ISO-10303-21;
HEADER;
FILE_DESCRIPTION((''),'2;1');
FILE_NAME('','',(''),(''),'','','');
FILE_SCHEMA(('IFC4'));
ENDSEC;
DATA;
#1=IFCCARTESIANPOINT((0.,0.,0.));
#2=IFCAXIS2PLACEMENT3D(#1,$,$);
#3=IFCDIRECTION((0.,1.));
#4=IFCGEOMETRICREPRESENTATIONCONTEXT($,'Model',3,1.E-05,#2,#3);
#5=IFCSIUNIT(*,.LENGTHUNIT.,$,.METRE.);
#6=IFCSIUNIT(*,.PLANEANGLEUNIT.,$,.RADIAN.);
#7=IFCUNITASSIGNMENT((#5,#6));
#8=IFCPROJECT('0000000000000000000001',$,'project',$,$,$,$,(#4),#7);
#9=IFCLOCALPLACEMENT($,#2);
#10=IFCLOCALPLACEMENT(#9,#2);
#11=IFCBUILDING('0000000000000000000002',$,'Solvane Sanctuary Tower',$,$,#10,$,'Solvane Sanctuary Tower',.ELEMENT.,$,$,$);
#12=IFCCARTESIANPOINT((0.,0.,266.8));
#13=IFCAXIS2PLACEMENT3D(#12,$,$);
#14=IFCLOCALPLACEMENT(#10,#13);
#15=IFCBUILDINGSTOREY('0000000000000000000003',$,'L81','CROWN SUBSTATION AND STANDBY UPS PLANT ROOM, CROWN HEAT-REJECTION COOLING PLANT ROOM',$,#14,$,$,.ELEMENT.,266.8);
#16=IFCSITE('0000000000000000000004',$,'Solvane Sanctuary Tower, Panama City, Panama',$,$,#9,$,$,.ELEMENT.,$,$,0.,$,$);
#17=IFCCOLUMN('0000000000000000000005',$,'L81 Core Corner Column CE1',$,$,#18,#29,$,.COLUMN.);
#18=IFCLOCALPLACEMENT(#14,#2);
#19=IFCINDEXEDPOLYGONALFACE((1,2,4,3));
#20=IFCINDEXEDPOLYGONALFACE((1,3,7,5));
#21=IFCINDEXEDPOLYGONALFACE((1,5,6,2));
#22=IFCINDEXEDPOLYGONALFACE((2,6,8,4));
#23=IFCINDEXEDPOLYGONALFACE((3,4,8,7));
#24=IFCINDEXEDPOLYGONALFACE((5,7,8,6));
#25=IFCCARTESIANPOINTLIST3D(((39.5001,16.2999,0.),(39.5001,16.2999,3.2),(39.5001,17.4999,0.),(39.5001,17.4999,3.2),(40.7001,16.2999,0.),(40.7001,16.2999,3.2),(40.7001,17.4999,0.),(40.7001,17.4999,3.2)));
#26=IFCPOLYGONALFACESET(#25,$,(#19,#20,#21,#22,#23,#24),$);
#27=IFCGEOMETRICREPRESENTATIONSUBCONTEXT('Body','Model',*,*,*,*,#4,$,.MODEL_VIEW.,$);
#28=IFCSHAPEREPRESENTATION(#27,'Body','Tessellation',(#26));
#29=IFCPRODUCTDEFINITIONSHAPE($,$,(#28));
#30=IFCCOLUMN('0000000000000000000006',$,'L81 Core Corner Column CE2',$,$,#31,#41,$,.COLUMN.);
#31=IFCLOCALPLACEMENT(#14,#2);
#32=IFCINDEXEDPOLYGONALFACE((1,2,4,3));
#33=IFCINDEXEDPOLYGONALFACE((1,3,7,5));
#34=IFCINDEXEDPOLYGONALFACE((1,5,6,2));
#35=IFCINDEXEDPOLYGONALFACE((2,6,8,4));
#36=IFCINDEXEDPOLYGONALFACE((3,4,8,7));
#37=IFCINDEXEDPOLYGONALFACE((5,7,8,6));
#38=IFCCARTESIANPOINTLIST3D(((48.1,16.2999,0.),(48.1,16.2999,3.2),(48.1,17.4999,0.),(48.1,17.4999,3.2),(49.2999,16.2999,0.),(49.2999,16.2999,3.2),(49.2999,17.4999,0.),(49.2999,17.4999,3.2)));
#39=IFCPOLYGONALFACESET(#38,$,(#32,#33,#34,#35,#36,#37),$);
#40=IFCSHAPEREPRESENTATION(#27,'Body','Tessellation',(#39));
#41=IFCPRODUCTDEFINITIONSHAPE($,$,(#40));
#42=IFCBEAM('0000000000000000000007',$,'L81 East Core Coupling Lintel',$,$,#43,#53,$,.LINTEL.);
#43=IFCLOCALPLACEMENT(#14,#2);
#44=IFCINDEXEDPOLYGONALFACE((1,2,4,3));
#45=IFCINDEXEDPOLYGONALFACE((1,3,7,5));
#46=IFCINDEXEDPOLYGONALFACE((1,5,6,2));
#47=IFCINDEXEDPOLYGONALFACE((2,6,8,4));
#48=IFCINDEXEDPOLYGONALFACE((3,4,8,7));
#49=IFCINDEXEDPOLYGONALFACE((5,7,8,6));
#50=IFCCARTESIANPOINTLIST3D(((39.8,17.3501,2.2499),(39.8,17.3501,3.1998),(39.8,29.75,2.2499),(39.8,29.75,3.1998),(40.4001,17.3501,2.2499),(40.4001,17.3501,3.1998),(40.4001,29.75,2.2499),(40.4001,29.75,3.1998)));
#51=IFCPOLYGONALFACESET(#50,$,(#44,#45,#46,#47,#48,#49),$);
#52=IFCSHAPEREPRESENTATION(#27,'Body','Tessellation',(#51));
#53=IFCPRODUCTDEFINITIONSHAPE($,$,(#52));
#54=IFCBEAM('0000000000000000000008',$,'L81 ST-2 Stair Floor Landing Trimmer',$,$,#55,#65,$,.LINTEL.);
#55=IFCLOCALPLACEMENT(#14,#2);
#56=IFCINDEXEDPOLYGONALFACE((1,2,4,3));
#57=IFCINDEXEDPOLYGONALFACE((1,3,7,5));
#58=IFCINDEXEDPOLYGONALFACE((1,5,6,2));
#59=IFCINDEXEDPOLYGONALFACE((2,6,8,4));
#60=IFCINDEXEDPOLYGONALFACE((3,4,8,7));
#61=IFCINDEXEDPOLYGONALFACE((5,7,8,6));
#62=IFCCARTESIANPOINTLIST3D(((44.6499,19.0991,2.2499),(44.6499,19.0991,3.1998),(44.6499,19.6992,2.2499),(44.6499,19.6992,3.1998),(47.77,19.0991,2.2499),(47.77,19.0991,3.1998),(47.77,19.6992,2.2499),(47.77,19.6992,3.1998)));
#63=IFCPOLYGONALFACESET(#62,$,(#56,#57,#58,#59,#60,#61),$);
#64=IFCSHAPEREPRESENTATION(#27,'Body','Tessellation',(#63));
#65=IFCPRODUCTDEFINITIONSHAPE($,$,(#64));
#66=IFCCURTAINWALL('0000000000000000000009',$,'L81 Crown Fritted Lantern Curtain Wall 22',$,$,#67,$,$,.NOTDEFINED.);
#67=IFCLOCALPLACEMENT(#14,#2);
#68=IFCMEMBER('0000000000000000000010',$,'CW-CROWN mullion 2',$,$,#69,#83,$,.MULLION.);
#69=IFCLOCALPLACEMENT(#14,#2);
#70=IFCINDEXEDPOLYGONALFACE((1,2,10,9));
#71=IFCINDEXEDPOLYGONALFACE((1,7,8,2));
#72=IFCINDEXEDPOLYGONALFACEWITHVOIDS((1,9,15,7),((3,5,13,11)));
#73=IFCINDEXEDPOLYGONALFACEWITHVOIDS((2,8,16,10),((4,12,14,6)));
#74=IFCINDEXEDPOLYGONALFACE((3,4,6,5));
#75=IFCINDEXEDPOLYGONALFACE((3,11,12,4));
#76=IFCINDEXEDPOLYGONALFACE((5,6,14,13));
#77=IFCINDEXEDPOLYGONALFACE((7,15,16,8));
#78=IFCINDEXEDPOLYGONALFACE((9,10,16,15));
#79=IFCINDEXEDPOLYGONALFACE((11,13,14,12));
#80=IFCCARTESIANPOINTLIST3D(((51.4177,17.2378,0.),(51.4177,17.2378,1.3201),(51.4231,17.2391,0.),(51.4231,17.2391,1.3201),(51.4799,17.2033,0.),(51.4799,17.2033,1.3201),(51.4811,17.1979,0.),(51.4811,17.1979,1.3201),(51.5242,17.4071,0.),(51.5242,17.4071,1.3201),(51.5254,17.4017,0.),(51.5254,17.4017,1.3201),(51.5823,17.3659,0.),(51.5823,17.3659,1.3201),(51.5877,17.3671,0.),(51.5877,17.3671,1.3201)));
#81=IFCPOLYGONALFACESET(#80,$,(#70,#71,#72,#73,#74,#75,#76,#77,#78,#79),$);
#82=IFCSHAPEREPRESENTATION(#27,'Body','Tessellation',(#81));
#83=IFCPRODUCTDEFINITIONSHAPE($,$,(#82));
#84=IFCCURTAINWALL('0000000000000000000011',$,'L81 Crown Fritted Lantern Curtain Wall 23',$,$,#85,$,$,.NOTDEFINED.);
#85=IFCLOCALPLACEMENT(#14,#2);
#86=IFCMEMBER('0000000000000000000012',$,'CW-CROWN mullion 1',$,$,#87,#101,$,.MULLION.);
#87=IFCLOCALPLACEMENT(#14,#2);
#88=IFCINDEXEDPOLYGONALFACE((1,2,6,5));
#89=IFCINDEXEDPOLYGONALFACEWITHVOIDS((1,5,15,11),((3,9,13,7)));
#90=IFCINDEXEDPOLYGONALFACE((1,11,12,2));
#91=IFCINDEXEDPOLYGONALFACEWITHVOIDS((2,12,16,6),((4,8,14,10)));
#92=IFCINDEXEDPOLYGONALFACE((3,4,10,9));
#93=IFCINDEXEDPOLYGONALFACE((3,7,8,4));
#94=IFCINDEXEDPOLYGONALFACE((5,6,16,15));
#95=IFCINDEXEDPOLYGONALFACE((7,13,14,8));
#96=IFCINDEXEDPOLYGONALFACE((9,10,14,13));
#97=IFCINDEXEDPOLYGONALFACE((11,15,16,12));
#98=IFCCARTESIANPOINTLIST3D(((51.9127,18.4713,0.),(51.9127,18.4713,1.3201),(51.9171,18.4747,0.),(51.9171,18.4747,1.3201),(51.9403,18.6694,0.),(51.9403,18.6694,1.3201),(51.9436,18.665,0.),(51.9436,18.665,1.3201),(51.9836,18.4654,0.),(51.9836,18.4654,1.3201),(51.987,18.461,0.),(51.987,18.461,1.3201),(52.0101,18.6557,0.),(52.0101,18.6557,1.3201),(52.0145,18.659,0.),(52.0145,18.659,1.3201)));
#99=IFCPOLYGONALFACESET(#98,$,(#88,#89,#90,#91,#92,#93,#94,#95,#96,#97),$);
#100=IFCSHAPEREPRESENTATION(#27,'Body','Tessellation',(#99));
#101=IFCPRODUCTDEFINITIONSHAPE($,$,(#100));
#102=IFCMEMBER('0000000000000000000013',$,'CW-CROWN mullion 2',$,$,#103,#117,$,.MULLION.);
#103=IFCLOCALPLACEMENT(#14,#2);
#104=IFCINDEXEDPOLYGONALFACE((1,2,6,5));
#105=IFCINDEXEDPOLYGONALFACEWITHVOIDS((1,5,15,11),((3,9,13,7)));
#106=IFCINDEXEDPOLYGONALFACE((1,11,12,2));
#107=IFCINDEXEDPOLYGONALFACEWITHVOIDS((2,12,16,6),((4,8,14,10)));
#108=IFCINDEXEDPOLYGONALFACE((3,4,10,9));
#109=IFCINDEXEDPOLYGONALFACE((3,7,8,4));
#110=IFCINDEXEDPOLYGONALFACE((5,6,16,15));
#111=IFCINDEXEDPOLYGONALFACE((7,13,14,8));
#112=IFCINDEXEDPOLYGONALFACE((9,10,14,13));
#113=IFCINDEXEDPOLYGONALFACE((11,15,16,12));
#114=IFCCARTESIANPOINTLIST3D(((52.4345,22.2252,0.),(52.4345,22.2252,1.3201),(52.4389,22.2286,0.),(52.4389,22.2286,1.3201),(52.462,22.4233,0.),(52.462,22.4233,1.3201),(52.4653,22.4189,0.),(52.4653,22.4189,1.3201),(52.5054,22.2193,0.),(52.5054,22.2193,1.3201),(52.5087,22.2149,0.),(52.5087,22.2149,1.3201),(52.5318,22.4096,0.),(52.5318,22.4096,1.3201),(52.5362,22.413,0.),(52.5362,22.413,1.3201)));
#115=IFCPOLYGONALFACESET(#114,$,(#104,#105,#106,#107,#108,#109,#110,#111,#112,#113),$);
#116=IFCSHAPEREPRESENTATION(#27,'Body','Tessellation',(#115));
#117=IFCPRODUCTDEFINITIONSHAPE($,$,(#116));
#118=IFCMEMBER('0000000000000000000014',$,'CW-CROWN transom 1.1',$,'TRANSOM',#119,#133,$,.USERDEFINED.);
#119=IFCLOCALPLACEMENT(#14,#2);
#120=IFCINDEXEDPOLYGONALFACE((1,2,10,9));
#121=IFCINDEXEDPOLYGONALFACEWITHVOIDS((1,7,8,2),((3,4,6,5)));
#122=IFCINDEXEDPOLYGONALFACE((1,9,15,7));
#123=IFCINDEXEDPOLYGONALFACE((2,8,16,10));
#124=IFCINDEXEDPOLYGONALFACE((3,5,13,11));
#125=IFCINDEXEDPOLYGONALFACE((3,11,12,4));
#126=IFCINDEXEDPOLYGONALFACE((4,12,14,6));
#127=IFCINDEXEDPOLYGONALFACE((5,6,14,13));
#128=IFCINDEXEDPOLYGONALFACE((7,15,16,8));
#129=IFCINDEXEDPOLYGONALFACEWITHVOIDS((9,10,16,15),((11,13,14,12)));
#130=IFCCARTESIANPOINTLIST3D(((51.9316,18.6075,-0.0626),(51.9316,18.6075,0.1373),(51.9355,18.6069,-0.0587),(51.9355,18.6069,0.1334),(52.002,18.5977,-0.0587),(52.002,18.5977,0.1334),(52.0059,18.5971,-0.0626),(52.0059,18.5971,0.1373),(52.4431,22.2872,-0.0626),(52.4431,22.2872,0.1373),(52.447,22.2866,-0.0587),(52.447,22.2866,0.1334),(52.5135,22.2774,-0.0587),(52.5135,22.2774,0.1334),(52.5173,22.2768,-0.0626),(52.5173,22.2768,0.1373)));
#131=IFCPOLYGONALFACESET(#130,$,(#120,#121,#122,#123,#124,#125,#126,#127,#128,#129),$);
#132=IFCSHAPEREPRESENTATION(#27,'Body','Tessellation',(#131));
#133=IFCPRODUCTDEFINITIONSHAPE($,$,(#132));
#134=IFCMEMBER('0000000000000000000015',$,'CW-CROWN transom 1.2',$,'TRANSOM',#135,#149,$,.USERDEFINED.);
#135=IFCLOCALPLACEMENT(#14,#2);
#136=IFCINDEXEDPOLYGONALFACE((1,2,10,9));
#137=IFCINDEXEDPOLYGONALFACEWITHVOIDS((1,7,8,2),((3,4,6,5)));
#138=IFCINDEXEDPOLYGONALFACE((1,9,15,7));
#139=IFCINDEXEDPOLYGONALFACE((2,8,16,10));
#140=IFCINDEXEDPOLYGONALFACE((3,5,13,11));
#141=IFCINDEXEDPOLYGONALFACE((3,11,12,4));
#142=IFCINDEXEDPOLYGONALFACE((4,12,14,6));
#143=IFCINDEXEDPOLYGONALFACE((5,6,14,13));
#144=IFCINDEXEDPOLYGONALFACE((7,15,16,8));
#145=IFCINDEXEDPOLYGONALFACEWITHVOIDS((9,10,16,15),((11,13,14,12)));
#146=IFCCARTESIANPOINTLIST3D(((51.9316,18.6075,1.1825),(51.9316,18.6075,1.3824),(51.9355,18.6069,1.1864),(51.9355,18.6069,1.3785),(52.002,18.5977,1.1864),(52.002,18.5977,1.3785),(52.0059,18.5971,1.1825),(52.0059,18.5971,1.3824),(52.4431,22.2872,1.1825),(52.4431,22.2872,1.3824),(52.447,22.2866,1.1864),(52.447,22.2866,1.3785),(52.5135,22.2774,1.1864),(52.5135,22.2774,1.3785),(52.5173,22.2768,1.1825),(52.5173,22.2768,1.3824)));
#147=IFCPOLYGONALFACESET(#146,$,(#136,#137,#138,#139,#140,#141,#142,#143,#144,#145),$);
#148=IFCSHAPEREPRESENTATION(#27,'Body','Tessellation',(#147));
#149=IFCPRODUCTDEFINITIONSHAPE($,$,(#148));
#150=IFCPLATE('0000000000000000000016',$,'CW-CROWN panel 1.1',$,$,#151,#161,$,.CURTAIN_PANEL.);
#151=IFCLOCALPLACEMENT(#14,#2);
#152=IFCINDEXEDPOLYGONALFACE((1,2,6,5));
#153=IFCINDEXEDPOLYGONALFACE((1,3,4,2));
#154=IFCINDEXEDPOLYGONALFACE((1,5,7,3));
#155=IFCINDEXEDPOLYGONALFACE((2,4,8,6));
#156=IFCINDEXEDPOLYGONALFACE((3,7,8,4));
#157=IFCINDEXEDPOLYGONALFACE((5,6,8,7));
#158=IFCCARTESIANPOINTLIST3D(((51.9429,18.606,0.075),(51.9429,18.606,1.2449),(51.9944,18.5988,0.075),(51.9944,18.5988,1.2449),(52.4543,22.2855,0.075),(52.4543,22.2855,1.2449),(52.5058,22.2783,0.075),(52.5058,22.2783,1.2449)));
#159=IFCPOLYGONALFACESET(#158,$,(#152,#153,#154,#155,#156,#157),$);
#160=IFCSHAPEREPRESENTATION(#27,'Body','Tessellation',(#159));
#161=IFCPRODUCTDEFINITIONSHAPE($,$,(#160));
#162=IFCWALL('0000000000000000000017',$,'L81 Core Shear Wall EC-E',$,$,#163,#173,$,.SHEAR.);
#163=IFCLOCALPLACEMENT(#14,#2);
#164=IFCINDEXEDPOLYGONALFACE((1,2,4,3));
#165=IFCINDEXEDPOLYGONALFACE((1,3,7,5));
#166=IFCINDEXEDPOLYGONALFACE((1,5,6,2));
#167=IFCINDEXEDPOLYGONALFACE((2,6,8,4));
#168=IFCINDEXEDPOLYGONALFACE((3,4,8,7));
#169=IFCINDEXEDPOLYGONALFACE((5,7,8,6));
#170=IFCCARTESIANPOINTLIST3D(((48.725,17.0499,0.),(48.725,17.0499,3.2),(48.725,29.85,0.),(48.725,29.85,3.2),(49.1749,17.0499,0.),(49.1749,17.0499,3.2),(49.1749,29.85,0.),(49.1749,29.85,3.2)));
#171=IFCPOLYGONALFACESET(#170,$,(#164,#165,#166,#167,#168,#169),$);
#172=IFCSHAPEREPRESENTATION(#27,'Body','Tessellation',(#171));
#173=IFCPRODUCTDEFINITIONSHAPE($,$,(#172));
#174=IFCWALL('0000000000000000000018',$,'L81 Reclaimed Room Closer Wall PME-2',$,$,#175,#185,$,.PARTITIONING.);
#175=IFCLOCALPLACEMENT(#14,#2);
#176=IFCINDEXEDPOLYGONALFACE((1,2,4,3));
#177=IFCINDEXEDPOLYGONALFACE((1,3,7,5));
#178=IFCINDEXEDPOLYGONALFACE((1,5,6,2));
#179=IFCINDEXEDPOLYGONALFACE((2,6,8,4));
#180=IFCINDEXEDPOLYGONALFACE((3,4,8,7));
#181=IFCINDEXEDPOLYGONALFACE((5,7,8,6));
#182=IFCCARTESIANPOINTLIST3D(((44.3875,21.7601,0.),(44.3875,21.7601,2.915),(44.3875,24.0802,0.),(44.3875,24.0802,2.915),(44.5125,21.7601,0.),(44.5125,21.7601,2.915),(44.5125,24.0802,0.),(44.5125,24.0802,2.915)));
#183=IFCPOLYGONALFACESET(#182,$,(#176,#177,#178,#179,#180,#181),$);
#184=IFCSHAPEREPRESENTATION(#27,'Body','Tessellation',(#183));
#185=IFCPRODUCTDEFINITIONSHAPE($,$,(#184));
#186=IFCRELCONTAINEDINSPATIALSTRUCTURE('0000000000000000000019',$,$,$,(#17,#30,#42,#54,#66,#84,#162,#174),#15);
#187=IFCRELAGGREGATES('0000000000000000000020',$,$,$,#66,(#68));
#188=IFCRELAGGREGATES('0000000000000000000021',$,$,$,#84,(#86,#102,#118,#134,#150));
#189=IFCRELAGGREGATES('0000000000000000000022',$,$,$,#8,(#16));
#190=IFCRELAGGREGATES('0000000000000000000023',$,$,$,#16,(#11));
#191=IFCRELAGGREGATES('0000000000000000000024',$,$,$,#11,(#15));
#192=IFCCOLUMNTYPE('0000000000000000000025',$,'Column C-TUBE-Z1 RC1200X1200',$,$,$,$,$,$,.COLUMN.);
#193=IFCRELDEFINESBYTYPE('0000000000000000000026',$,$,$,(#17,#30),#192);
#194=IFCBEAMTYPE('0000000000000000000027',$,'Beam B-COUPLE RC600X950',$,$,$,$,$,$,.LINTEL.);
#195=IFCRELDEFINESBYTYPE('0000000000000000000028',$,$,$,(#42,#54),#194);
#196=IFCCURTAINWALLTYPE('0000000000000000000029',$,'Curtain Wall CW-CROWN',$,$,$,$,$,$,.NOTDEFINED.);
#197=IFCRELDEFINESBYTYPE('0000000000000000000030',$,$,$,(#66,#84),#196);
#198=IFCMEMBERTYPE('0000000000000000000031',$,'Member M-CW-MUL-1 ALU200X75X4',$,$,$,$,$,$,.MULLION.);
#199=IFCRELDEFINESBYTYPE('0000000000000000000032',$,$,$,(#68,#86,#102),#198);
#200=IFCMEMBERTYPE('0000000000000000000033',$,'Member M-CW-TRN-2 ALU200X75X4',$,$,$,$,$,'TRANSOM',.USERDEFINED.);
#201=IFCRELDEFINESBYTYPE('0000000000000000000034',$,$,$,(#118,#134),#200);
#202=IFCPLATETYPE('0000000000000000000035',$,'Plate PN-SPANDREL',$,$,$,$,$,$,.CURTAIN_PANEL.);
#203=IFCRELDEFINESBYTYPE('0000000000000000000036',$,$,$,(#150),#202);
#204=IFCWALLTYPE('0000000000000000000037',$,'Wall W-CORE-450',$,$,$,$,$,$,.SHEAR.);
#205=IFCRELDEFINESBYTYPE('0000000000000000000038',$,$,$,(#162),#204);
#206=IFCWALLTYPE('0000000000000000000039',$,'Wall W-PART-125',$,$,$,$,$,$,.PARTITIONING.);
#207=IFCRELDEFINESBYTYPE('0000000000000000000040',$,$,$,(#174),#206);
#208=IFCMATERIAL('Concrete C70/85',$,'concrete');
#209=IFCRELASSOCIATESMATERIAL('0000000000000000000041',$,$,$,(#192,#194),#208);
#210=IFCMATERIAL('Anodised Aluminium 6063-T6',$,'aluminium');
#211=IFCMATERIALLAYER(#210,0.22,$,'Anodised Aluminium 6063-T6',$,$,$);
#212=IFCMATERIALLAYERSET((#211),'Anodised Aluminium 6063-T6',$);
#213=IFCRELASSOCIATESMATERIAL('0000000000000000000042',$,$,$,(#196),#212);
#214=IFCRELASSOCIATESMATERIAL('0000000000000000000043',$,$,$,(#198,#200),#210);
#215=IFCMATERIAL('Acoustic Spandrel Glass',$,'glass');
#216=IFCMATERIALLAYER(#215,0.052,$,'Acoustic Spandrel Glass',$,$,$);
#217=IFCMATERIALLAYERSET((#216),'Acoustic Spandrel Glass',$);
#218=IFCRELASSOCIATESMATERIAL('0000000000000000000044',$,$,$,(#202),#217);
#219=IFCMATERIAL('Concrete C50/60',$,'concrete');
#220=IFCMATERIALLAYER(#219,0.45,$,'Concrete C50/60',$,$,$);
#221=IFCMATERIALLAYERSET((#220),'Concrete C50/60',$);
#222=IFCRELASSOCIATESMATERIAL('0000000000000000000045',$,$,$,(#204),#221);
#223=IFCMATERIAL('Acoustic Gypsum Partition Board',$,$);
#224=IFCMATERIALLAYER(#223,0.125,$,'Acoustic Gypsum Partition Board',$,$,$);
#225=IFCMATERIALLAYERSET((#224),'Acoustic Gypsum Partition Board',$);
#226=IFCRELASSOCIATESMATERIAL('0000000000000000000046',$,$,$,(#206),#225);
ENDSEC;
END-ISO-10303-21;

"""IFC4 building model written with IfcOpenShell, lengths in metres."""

from ifc_helpers import new_model, si_unit, direction, frame, frame_2d, origin, origin_2d, place, context, subcontext, project, spatial, rectangle, hollow_rectangle, extrude, material, layer, layer_set, material_profile, profile_set, type_object, element, aggregate, save


model = new_model("IFC4")

# Units and contexts
model_context = context("Model", 3, precision=1e-05, world=origin(), true_north=direction((0.0, 1.0)))
body_context = subcontext(model_context, "Body", "Model", "MODEL_VIEW")
ifc_project = project(units=[si_unit("LENGTHUNIT", "METRE"), si_unit("PLANEANGLEUNIT", "RADIAN")], contexts=[model_context])

# Site, building, storey
site_placement = place(None, origin())
site = spatial("IfcSite", under=ifc_project, at=site_placement, Name="Solvane Sanctuary Tower, Panama City, Panama", CompositionType="ELEMENT", RefElevation=0.0)
building_placement = place(site_placement, origin())
building = spatial("IfcBuilding", under=site, at=building_placement, Name="Solvane Sanctuary Tower", LongName="Solvane Sanctuary Tower", CompositionType="ELEMENT")
storey_placement = place(building_placement, frame((0.0, 0.0, 266.8)))
storey = spatial("IfcBuildingStorey", under=building, at=storey_placement, Name="L81", Description="CROWN SUBSTATION AND STANDBY UPS PLANT ROOM, CROWN HEAT-REJECTION COOLING PLANT ROOM", CompositionType="ELEMENT", Elevation=266.8)

# Columns
ifc_material_1 = material(Name="Concrete C70/85", Category="concrete")
ifc_material_profile_1 = material_profile(ifc_material_1, rectangle(XDim=1.2, YDim=1.2, at=origin_2d()), Name="RC1200X1200")
ifc_profile_set_1 = profile_set([ifc_material_profile_1], Name="Concrete C70/85")
column_type = type_object("IfcColumnType", Name="Column C-TUBE-Z1 RC1200X1200", PredefinedType="COLUMN", material=ifc_profile_set_1)
for number, where, z_axis, x_axis, name in (
    (1, (40.1001, 16.8999, 0.0), (0.0, 0.0, 1.0), (1.0, 0.0, 0.0), "L81 Core Corner Column CE1"),
    (2, (48.7, 16.8999, 0.0), (0.0, 0.0, 1.0), (1.0, 0.0, 0.0), "L81 Core Corner Column CE2"),
):
    element("IfcColumn", number, at=place(storey_placement, frame(where, z_axis=z_axis, x_axis=x_axis)), inside=storey, type_object=column_type, Name=name, PredefinedType="COLUMN", context=body_context, shape_type="SweptSolid", body=[
        extrude(rectangle(XDim=1.2, YDim=1.2, at=origin_2d()), origin(), (0.0, 0.0, 1.0), 3.2),
    ])

# Beams
ifc_material_profile_2 = material_profile(ifc_material_1, rectangle(XDim=0.6001, YDim=0.95, at=origin_2d()), Name="RC600X950")
ifc_profile_set_2 = profile_set([ifc_material_profile_2], Name="Concrete C70/85")
beam_type = type_object("IfcBeamType", Name="Beam B-COUPLE RC600X950", PredefinedType="LINTEL", material=ifc_profile_set_2)
beam_1_placement = place(storey_placement, frame((40.1001, 17.3501, 2.7249), z_axis=(0.0, 1.0, 0.0), x_axis=(-1.0, 0.0, 0.0)))
element("IfcBeam", 3, at=beam_1_placement, inside=storey, type_object=beam_type, Name="L81 East Core Coupling Lintel", PredefinedType="LINTEL", context=body_context, shape_type="SweptSolid", body=[
    extrude(rectangle(XDim=0.6001, YDim=0.95, at=origin_2d()), origin(), (0.0, 0.0, 1.0), 12.3999),
])
beam_2_placement = place(storey_placement, frame((44.6499, 19.3992, 2.7249), z_axis=(1.0, 0.0, 0.0), x_axis=(0.0, 1.0, 0.0)))
element("IfcBeam", 4, at=beam_2_placement, inside=storey, type_object=beam_type, Name="L81 ST-2 Stair Floor Landing Trimmer", PredefinedType="LINTEL", context=body_context, shape_type="SweptSolid", body=[
    extrude(rectangle(XDim=0.6001, YDim=0.95, at=origin_2d()), origin(), (0.0, 0.0, 1.0), 3.1201),
])

# Curtain wall, member
ifc_material_2 = material(Name="Anodised Aluminium 6063-T6", Category="aluminium")
ifc_layer_1 = layer(ifc_material_2, 0.22, Name="Anodised Aluminium 6063-T6")
ifc_layer_set_1 = layer_set([ifc_layer_1], Name="Anodised Aluminium 6063-T6")
curtain_wall_type = type_object("IfcCurtainWallType", Name="Curtain Wall CW-CROWN", PredefinedType="NOTDEFINED", material=ifc_layer_set_1)
curtain_wall_1_placement = place(storey_placement, origin())
curtain_wall_1 = element("IfcCurtainWall", 5, at=curtain_wall_1_placement, inside=storey, type_object=curtain_wall_type, Name="L81 Crown Fritted Lantern Curtain Wall 22", PredefinedType="NOTDEFINED")
ifc_material_profile_3 = material_profile(ifc_material_2, hollow_rectangle(XDim=0.075, YDim=0.2, WallThickness=0.0039, at=origin_2d()), Name="ALU200X75X4")
ifc_profile_set_3 = profile_set([ifc_material_profile_3], Name="Anodised Aluminium 6063-T6")
member_type_1 = type_object("IfcMemberType", Name="Member M-CW-MUL-1 ALU200X75X4", PredefinedType="MULLION", material=ifc_profile_set_3)
member_1_placement = place(storey_placement, frame((51.5027, 17.3025, 0.0), z_axis=(0.0, 0.0, 1.0), x_axis=(-0.846332, 0.532656, 0.0)))
member_1 = element("IfcMember", 6, at=member_1_placement, type_object=member_type_1, Name="CW-CROWN mullion 2", PredefinedType="MULLION", context=body_context, shape_type="SweptSolid", body=[
    extrude(hollow_rectangle(XDim=0.075, YDim=0.2, WallThickness=0.0039, at=origin_2d()), origin(), (0.0, 0.0, 1.0), 1.3201),
])
aggregate(curtain_wall_1, [member_1])

# Curtain wall, members, plate
curtain_wall_2_placement = place(storey_placement, origin())
curtain_wall_2 = element("IfcCurtainWall", 7, at=curtain_wall_2_placement, inside=storey, type_object=curtain_wall_type, Name="L81 Crown Fritted Lantern Curtain Wall 23", PredefinedType="NOTDEFINED")
member_2_placement = place(storey_placement, frame((51.9636, 18.5652, 0.0), z_axis=(0.0, 0.0, 1.0), x_axis=(-0.990477, 0.137675, 0.0)))
member_2 = element("IfcMember", 8, at=member_2_placement, type_object=member_type_1, Name="CW-CROWN mullion 1", PredefinedType="MULLION", context=body_context, shape_type="SweptSolid", body=[
    extrude(hollow_rectangle(XDim=0.075, YDim=0.2, WallThickness=0.0039, at=origin_2d()), origin(), (0.0, 0.0, 1.0), 1.3201),
])
member_3_placement = place(storey_placement, frame((52.4854, 22.3191, 0.0), z_axis=(0.0, 0.0, 1.0), x_axis=(-0.990477, 0.137675, 0.0)))
member_3 = element("IfcMember", 9, at=member_3_placement, type_object=member_type_1, Name="CW-CROWN mullion 2", PredefinedType="MULLION", context=body_context, shape_type="SweptSolid", body=[
    extrude(hollow_rectangle(XDim=0.075, YDim=0.2, WallThickness=0.0039, at=origin_2d()), origin(), (0.0, 0.0, 1.0), 1.3201),
])
ifc_material_profile_4 = material_profile(ifc_material_2, hollow_rectangle(XDim=0.075, YDim=0.2, WallThickness=0.0039, at=origin_2d()), Name="ALU200X75X4")
ifc_profile_set_4 = profile_set([ifc_material_profile_4], Name="Anodised Aluminium 6063-T6")
member_type_2 = type_object("IfcMemberType", Name="Member M-CW-TRN-2 ALU200X75X4", ElementType="TRANSOM", PredefinedType="USERDEFINED", material=ifc_profile_set_4)
member_4_placement = place(storey_placement, frame((51.9688, 18.6023, 0.0374), z_axis=(0.137676, 0.990477, 0.0), x_axis=(-0.990477, 0.137676, 0.0)))
member_4 = element("IfcMember", 10, at=member_4_placement, type_object=member_type_2, Name="CW-CROWN transom 1.1", ObjectType="TRANSOM", PredefinedType="USERDEFINED", context=body_context, shape_type="SweptSolid", body=[
    extrude(hollow_rectangle(XDim=0.075, YDim=0.2, WallThickness=0.0039, at=origin_2d()), origin(), (0.0, 0.0, 1.0), 3.7151),
])
member_5_placement = place(storey_placement, frame((51.9688, 18.6023, 1.2825), z_axis=(0.137676, 0.990477, 0.0), x_axis=(-0.990477, 0.137676, 0.0)))
member_5 = element("IfcMember", 11, at=member_5_placement, type_object=member_type_2, Name="CW-CROWN transom 1.2", ObjectType="TRANSOM", PredefinedType="USERDEFINED", context=body_context, shape_type="SweptSolid", body=[
    extrude(hollow_rectangle(XDim=0.075, YDim=0.2, WallThickness=0.0039, at=origin_2d()), origin(), (0.0, 0.0, 1.0), 3.7151),
])
ifc_material_3 = material(Name="Acoustic Spandrel Glass", Category="glass")
ifc_layer_2 = layer(ifc_material_3, 0.052, Name="Acoustic Spandrel Glass")
ifc_layer_set_2 = layer_set([ifc_layer_2], Name="Acoustic Spandrel Glass")
plate_type = type_object("IfcPlateType", Name="Plate PN-SPANDREL", PredefinedType="CURTAIN_PANEL", material=ifc_layer_set_2)
plate_placement = place(storey_placement, frame((52.2244, 20.4421, 0.075), z_axis=(0.0, 0.0, 1.0), x_axis=(0.137675, 0.990477, 0.0)))
plate = element("IfcPlate", 12, at=plate_placement, type_object=plate_type, Name="CW-CROWN panel 1.1", PredefinedType="CURTAIN_PANEL", context=body_context, shape_type="SweptSolid", body=[
    extrude(rectangle(XDim=3.7148, YDim=0.052, at=origin_2d()), origin(), (0.0, 0.0, 1.0), 1.1699),
])
aggregate(curtain_wall_2, [member_2, member_3, member_4, member_5, plate])

# Walls
ifc_material_4 = material(Name="Concrete C50/60", Category="concrete")
ifc_layer_3 = layer(ifc_material_4, 0.45, Name="Concrete C50/60")
ifc_layer_set_3 = layer_set([ifc_layer_3], Name="Concrete C50/60")
wall_type_1 = type_object("IfcWallType", Name="Wall W-CORE-450", PredefinedType="SHEAR", material=ifc_layer_set_3)
wall_1_placement = place(storey_placement, frame((48.95, 17.05, 0.0), z_axis=(0.0, 0.0, 1.0), x_axis=(0.0, 1.0, 0.0)))
element("IfcWall", 13, at=wall_1_placement, inside=storey, type_object=wall_type_1, Name="L81 Core Shear Wall EC-E", PredefinedType="SHEAR", context=body_context, shape_type="SweptSolid", body=[
    extrude(rectangle(XDim=12.8, YDim=0.45, at=frame_2d((6.3999, 0.0))), origin(), (0.0, 0.0, 1.0), 3.2),
])
ifc_material_5 = material(Name="Acoustic Gypsum Partition Board")
ifc_layer_4 = layer(ifc_material_5, 0.125, Name="Acoustic Gypsum Partition Board")
ifc_layer_set_4 = layer_set([ifc_layer_4], Name="Acoustic Gypsum Partition Board")
wall_type_2 = type_object("IfcWallType", Name="Wall W-PART-125", PredefinedType="PARTITIONING", material=ifc_layer_set_4)
wall_2_placement = place(storey_placement, frame((44.45, 21.76, 0.0), z_axis=(0.0, 0.0, 1.0), x_axis=(0.0, 1.0, 0.0)))
element("IfcWall", 14, at=wall_2_placement, inside=storey, type_object=wall_type_2, Name="L81 Reclaimed Room Closer Wall PME-2", PredefinedType="PARTITIONING", context=body_context, shape_type="SweptSolid", body=[
    extrude(rectangle(XDim=2.3201, YDim=0.125, at=frame_2d((1.1602, 0.0))), origin(), (0.0, 0.0, 1.0), 2.915),
])

save(model, "model.ifc")
